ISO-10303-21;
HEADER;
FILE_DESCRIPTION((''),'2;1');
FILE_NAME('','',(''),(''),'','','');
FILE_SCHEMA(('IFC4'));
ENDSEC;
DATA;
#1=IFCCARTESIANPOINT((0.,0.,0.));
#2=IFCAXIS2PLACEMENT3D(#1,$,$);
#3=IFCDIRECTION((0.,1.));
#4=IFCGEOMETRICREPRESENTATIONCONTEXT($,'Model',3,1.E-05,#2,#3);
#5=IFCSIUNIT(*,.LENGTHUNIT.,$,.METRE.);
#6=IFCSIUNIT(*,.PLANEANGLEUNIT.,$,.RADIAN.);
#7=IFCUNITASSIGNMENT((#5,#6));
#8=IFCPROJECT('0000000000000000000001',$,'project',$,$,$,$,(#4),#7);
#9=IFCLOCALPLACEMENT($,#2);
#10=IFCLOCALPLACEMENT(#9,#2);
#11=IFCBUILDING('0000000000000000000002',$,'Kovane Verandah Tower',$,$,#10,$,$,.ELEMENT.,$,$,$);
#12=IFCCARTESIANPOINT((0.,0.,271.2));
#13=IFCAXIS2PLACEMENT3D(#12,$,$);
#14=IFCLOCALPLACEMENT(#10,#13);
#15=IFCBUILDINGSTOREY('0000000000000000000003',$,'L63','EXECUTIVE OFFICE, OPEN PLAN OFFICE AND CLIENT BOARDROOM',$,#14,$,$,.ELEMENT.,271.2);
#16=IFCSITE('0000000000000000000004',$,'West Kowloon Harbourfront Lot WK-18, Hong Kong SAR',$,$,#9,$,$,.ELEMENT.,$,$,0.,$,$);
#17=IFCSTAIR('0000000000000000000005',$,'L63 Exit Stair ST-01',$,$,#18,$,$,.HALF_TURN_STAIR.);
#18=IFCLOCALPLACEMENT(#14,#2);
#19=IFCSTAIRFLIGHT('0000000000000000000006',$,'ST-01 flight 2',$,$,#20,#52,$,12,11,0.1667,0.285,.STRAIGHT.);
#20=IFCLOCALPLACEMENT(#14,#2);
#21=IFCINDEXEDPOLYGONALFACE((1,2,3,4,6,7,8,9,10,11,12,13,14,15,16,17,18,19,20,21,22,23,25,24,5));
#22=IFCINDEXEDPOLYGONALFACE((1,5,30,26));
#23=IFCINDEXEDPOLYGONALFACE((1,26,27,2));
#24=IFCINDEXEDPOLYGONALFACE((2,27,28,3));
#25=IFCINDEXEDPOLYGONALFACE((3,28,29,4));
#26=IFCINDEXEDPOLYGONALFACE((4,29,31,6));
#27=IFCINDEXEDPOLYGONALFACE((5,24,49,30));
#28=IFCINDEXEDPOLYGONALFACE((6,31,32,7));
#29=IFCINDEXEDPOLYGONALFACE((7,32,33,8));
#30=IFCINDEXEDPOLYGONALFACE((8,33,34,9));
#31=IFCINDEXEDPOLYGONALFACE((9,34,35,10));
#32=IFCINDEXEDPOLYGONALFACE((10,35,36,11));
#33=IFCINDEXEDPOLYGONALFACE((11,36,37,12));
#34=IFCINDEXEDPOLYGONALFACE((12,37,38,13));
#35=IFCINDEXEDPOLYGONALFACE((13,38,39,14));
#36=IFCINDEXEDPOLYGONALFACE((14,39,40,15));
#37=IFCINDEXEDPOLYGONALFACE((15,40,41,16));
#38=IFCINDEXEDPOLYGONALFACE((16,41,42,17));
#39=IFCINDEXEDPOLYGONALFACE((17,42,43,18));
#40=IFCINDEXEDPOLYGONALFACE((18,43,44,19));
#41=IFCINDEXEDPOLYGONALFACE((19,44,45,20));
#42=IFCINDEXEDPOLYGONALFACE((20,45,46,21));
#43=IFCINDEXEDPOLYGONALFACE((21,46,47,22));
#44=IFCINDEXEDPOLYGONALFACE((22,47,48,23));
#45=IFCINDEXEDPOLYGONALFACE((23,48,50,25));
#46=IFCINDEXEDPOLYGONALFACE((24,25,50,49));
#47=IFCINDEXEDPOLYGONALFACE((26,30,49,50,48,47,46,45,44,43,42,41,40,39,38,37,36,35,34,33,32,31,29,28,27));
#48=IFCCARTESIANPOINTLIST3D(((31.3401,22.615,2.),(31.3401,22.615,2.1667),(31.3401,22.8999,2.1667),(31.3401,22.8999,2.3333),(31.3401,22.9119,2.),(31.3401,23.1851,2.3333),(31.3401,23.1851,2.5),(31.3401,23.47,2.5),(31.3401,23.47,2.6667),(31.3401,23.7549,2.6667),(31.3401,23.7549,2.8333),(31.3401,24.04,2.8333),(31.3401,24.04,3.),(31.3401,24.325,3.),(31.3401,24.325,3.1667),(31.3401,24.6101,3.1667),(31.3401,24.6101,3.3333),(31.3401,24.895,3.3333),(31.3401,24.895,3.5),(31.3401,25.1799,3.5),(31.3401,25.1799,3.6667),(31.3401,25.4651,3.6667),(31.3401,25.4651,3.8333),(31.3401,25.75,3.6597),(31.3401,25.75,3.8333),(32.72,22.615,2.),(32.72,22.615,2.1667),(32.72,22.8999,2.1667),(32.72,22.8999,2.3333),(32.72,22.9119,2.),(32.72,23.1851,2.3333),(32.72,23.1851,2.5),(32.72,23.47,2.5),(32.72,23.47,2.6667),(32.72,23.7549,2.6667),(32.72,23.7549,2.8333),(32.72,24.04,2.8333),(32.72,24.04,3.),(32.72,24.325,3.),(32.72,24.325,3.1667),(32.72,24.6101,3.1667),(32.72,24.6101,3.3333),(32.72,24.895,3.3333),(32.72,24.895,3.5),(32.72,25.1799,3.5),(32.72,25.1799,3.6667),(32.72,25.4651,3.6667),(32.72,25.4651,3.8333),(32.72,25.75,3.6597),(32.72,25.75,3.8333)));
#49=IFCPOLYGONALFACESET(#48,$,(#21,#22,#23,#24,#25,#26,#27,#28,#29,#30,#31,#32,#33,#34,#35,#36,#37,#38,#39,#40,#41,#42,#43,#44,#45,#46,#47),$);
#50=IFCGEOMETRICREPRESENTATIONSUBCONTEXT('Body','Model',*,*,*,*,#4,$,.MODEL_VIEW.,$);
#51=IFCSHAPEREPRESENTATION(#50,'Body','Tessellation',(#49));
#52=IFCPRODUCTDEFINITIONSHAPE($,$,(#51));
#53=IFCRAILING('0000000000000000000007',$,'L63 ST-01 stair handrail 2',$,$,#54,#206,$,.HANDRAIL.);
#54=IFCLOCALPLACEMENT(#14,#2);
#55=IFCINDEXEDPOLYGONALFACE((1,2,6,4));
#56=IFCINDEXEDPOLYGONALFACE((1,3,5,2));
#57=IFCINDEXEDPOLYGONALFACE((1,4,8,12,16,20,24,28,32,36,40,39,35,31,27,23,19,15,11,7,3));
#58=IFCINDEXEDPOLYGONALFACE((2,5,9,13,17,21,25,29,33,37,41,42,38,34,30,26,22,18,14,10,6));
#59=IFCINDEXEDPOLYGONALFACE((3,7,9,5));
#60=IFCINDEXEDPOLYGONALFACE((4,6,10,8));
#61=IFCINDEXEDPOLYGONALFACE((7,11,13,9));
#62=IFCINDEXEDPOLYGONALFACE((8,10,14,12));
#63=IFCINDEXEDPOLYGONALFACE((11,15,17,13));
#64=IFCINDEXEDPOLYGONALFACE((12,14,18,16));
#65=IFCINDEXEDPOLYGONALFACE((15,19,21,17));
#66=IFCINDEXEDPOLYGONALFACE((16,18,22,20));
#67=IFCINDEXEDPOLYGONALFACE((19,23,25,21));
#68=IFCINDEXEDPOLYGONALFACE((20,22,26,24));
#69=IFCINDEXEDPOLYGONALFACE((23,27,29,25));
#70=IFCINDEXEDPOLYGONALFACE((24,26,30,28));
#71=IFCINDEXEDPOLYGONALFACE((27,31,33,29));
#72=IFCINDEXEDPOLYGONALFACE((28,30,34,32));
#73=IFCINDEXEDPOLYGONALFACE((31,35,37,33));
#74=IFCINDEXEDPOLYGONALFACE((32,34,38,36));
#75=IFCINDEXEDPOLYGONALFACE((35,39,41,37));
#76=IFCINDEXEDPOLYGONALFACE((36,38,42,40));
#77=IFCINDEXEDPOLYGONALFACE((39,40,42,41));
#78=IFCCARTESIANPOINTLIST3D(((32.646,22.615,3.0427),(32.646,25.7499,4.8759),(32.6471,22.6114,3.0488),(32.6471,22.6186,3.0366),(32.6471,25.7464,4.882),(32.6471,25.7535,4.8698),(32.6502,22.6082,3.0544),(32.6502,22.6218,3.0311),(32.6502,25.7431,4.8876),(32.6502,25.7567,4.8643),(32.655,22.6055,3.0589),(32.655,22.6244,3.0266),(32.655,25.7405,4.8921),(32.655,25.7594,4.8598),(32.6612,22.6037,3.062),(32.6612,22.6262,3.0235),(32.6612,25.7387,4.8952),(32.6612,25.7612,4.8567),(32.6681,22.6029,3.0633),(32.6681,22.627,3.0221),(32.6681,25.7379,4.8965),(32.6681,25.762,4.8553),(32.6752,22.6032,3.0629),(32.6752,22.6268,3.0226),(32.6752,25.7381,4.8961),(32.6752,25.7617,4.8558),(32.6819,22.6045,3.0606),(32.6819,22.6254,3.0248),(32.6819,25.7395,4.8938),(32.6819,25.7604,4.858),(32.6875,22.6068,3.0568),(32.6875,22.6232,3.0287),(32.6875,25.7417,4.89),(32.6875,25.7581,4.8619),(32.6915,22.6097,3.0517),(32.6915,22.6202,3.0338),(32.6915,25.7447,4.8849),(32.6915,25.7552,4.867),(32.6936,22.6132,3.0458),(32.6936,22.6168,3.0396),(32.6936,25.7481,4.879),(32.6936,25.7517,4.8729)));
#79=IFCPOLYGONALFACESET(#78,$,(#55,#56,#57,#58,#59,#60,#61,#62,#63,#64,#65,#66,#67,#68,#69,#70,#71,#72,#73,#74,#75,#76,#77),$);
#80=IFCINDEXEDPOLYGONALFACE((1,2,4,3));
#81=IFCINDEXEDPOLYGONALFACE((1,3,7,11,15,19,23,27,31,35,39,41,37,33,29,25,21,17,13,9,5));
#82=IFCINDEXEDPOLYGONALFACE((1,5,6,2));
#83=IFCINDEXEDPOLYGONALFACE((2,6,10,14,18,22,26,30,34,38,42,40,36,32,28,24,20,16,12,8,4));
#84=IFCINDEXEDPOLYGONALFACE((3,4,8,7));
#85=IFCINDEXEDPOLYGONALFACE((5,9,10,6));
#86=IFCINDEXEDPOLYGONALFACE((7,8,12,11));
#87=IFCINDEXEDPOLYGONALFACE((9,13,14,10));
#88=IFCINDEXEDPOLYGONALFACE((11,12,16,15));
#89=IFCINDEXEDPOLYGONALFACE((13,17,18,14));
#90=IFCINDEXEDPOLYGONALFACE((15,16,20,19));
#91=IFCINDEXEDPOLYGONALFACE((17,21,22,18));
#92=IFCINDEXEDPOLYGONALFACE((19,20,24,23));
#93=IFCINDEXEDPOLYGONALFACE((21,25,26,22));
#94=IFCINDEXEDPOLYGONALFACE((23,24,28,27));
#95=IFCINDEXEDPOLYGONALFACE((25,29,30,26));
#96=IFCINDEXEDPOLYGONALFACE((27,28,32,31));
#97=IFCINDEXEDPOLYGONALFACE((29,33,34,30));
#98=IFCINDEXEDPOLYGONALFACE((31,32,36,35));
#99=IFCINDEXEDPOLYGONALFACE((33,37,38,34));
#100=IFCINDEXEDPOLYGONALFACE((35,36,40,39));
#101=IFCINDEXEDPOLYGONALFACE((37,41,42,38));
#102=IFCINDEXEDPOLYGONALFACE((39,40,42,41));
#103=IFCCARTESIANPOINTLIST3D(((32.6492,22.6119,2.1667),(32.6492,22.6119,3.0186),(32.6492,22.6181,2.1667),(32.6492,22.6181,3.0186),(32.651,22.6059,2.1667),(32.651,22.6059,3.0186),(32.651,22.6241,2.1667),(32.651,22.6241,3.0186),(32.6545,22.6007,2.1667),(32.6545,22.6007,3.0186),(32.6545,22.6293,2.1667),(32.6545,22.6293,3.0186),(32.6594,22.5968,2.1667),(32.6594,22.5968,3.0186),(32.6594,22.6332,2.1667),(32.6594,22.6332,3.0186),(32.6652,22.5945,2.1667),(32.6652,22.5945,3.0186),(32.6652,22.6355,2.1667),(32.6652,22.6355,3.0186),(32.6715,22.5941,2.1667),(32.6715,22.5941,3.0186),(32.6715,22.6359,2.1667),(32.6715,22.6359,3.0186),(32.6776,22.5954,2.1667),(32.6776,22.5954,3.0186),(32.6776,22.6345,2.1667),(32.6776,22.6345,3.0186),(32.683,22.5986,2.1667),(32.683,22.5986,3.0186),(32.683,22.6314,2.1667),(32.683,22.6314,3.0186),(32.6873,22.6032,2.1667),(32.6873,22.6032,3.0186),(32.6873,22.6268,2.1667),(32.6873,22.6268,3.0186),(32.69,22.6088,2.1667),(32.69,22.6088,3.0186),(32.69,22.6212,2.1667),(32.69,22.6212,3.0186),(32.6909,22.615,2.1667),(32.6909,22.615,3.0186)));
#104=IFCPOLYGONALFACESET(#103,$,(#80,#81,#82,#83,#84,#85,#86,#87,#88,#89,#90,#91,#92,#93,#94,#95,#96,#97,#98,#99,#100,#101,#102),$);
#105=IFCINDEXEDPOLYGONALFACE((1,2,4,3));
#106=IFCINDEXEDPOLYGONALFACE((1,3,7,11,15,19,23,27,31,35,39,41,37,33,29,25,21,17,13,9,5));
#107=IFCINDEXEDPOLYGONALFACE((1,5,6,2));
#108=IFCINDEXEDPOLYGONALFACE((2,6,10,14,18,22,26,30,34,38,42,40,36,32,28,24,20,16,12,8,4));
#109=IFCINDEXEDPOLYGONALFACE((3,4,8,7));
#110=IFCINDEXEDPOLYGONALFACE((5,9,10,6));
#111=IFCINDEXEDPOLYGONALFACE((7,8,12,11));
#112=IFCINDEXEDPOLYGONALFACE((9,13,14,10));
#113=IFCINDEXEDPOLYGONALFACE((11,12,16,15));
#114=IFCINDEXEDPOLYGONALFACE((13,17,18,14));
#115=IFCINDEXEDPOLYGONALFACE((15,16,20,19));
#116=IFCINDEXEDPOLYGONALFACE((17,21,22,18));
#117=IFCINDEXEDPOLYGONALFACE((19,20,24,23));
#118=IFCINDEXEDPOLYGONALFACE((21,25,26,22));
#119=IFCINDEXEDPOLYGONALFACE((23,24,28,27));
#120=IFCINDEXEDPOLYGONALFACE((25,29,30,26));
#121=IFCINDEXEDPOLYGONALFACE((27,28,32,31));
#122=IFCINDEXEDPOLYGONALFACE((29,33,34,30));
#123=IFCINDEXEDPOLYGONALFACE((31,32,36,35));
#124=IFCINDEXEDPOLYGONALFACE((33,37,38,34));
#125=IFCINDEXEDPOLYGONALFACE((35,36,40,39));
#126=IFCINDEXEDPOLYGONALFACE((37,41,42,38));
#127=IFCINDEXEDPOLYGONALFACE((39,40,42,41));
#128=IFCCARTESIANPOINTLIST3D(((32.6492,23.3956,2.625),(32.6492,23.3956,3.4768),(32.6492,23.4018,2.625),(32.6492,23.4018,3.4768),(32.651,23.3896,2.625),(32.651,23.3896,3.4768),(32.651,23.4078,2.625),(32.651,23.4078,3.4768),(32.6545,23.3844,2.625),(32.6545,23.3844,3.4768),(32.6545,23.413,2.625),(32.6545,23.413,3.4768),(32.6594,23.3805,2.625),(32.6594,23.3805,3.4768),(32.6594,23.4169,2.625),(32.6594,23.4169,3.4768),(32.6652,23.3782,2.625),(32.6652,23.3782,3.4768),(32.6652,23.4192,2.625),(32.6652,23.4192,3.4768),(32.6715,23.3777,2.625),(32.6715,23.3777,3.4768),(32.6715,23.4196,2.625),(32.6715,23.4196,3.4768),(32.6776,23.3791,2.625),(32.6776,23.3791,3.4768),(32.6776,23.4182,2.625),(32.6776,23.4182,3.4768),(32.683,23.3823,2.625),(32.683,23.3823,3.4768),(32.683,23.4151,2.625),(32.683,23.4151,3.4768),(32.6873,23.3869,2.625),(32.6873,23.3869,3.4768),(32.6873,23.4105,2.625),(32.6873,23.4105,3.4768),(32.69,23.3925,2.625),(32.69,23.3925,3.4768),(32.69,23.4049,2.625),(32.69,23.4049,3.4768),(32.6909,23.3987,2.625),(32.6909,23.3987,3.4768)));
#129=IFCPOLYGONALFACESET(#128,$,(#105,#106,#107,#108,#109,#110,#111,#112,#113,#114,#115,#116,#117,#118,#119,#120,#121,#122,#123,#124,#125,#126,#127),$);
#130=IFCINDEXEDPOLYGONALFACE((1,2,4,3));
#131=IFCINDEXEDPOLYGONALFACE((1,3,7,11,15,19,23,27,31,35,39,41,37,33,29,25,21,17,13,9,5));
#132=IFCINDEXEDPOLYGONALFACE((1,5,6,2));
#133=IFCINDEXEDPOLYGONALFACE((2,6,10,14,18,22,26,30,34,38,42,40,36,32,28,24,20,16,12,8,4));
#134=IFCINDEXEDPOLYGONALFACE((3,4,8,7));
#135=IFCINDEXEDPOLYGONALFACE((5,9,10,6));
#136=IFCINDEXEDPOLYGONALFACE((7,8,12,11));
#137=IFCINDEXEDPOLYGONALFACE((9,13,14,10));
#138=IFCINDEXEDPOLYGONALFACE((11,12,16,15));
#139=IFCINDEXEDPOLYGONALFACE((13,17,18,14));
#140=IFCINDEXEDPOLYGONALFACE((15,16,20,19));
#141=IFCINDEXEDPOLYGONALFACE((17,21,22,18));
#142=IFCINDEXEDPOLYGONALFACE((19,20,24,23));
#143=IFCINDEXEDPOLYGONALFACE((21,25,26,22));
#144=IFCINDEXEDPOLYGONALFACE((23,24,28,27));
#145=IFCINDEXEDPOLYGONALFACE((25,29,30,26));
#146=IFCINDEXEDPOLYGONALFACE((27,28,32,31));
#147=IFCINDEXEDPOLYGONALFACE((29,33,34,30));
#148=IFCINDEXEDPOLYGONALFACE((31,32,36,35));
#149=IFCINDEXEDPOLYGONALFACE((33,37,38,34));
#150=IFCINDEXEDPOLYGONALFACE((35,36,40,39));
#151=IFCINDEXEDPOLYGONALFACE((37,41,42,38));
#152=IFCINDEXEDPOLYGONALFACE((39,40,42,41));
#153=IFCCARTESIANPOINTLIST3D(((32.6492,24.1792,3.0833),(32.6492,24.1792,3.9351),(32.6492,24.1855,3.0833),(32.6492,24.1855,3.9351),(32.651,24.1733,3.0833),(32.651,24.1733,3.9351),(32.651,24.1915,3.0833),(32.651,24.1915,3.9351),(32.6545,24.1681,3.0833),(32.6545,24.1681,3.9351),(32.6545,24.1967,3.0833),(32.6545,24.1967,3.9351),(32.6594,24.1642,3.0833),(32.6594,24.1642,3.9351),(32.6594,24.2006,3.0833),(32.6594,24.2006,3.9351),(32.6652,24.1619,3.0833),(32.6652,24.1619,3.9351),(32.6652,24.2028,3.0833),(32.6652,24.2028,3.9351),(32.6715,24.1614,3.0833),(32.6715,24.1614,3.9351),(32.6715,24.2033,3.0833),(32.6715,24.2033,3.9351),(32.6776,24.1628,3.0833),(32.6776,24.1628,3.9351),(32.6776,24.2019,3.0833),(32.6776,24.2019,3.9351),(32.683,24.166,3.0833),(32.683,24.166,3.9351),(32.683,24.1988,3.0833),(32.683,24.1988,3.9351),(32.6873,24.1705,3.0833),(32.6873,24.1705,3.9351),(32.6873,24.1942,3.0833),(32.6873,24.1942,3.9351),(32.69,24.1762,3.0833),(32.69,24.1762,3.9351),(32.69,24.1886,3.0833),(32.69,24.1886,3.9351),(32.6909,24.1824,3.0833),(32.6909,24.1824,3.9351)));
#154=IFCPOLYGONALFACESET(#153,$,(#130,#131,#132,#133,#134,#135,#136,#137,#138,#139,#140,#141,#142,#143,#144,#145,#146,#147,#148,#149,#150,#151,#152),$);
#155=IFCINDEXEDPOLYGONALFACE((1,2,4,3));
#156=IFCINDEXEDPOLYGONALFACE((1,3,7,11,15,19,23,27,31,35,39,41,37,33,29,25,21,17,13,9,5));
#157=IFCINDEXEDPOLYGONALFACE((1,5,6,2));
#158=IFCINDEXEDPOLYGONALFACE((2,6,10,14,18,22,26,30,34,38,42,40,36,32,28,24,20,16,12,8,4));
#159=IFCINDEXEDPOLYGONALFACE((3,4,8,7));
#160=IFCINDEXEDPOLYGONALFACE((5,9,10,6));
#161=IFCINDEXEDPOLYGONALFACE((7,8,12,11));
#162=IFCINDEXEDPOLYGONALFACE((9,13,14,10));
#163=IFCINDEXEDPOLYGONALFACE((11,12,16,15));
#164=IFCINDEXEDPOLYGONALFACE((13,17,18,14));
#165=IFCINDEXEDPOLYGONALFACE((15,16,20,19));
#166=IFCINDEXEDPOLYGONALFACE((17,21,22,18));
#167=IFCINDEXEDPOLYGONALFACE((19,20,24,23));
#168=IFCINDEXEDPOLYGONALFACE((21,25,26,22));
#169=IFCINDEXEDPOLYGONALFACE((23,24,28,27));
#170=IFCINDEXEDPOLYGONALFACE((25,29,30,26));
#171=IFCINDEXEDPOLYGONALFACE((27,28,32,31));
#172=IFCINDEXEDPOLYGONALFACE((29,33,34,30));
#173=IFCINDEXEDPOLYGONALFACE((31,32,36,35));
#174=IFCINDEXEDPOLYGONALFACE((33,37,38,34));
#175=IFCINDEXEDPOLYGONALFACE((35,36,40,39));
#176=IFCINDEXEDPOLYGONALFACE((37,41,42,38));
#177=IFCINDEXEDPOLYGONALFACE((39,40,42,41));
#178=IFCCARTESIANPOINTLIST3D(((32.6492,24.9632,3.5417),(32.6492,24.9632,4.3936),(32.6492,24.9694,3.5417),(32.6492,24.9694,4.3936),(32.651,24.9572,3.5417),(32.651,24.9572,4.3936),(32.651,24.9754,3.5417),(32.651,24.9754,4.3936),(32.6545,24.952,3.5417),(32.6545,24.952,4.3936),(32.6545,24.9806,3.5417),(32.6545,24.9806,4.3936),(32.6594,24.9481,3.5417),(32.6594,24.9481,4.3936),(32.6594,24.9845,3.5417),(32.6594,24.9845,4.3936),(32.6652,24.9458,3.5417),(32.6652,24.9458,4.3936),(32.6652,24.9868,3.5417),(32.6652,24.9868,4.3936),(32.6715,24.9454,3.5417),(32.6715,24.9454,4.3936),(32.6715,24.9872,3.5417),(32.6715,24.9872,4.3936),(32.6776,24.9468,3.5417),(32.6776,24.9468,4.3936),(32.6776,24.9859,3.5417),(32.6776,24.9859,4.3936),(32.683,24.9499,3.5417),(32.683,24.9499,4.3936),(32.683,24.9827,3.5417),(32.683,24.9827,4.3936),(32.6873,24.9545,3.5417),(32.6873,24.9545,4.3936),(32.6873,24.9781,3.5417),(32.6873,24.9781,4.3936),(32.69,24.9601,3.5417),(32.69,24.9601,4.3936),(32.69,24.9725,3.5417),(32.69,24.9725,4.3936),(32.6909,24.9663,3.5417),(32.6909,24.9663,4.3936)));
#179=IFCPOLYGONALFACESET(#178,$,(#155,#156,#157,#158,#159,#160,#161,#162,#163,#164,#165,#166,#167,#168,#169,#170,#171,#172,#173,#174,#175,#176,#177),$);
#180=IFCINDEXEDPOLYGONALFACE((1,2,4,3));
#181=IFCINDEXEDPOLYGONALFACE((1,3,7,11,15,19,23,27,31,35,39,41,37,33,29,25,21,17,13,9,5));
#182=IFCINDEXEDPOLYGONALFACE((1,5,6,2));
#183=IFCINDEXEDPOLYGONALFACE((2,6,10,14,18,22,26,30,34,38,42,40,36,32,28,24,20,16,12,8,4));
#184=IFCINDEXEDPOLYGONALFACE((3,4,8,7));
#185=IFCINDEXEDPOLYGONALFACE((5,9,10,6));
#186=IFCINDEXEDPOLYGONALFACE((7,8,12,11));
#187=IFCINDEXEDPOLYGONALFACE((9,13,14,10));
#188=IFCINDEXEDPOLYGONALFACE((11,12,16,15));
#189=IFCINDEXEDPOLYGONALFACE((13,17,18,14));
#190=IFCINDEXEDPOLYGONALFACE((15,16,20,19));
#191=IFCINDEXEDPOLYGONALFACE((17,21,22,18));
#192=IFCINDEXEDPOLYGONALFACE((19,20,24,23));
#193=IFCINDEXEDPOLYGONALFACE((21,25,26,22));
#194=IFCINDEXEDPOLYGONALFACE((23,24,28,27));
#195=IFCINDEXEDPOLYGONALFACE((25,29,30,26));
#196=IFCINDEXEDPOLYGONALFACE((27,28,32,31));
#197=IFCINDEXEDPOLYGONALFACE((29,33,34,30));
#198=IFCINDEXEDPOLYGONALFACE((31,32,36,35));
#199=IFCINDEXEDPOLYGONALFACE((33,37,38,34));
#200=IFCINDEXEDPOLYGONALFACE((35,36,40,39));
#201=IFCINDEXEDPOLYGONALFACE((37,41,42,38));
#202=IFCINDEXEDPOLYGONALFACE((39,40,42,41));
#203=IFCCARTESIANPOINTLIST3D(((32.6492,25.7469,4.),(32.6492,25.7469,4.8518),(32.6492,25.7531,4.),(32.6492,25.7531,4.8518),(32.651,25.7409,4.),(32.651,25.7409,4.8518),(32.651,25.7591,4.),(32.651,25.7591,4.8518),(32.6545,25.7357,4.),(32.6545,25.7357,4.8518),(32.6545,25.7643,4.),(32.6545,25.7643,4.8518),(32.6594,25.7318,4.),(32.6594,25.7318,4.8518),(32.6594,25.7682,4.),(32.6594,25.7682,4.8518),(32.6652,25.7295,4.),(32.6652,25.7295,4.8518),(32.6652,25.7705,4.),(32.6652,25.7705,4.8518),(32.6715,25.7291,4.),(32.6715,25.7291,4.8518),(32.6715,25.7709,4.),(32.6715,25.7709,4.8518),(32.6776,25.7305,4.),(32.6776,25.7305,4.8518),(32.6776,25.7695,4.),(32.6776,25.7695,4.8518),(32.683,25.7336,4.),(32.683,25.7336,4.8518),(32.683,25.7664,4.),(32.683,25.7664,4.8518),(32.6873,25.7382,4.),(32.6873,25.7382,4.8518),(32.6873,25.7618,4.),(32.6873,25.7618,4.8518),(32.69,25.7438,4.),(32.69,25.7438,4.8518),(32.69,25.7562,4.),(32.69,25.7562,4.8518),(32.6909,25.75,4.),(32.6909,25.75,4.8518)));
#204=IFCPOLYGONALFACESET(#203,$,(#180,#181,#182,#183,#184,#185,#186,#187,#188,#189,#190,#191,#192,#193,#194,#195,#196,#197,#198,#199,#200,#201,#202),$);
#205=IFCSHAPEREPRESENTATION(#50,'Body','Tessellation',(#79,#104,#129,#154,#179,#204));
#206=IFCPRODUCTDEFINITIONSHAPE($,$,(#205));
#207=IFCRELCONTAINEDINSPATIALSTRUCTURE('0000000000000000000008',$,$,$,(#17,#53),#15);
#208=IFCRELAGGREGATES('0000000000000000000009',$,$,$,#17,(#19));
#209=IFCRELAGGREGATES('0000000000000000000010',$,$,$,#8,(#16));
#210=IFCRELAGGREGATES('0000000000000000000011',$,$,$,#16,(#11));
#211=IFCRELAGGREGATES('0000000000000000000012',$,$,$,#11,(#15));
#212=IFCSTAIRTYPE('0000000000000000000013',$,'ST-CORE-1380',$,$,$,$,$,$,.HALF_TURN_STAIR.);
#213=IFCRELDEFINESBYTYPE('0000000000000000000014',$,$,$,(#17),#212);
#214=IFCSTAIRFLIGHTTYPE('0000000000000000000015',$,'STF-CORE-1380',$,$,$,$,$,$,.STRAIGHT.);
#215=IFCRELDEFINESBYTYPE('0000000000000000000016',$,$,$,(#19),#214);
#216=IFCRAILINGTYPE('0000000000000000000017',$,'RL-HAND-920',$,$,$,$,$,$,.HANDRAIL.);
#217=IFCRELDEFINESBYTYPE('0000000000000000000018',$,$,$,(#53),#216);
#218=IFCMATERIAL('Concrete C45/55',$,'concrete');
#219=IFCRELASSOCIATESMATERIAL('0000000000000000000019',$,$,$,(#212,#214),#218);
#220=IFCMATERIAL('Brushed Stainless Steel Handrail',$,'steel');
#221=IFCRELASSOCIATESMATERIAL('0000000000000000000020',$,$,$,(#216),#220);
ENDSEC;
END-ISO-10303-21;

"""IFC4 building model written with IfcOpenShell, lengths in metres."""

from ifc_helpers import new_model, si_unit, direction, frame, origin, origin_2d, place, context, subcontext, project, spatial, polyline, circle, outline, extrude, material, type_object, element, aggregate, save


model = new_model("IFC4")

# Units and contexts
model_context = context("Model", 3, precision=1e-05, world=origin(), true_north=direction((0.0, 1.0)))
body_context = subcontext(model_context, "Body", "Model", "MODEL_VIEW")
ifc_project = project(units=[si_unit("LENGTHUNIT", "METRE"), si_unit("PLANEANGLEUNIT", "RADIAN")], contexts=[model_context])

# Site, building, storey
site_placement = place(None, origin())
site = spatial("IfcSite", under=ifc_project, at=site_placement, Name="West Kowloon Harbourfront Lot WK-18, Hong Kong SAR", CompositionType="ELEMENT", RefElevation=0.0)
building_placement = place(site_placement, origin())
building = spatial("IfcBuilding", under=site, at=building_placement, Name="Kovane Verandah Tower", CompositionType="ELEMENT")
storey_placement = place(building_placement, frame((0.0, 0.0, 271.2)))
storey = spatial("IfcBuildingStorey", under=building, at=storey_placement, Name="L63", Description="EXECUTIVE OFFICE, OPEN PLAN OFFICE AND CLIENT BOARDROOM", CompositionType="ELEMENT", Elevation=271.2)

# Shared definitions
ifc_material_1 = material(Name="Concrete C45/55", Category="concrete")

# Stair, stair flight
stair_type = type_object("IfcStairType", Name="ST-CORE-1380", PredefinedType="HALF_TURN_STAIR", material=ifc_material_1)
stair_placement = place(storey_placement, origin())
stair = element("IfcStair", 1, at=stair_placement, inside=storey, type_object=stair_type, Name="L63 Exit Stair ST-01", PredefinedType="HALF_TURN_STAIR")
stair_flight_type = type_object("IfcStairFlightType", Name="STF-CORE-1380", PredefinedType="STRAIGHT", material=ifc_material_1)
stair_flight_1_placement = place(storey_placement, frame((32.03, 22.615, 2.0), z_axis=(0.0, 0.0, 1.0), x_axis=(0.0, 1.0, 0.0)))
stair_flight_1 = element("IfcStairFlight", 2, at=stair_flight_1_placement, type_object=stair_flight_type, Name="ST-01 flight 2", NumberOfRisers=12, NumberOfTreads=11, PredefinedType="STRAIGHT", RiserHeight=0.1667, TreadLength=0.285, context=body_context, shape_type="SweptSolid", body=[
    extrude(outline(polyline([(0.0, 0.0), (0.0, 0.1667), (0.2849, 0.1667), (0.2849, 0.3333), (0.5701, 0.3333), (0.5701, 0.5), (0.855, 0.5), (0.855, 0.6667), (1.1399, 0.6667), (1.1399, 0.8333), (1.425, 0.8333), (1.425, 1.0), (1.71, 1.0), (1.71, 1.1667), (1.9951, 1.1667), (1.9951, 1.3333), (2.28, 1.3333), (2.28, 1.5), (2.5649, 1.5), (2.5649, 1.6667), (2.8501, 1.6667), (2.8501, 1.8333), (3.135, 1.8333), (3.135, 2.0), (3.135, 1.6597), (0.2969, 0.0), (0.0, 0.0)])), frame((0.0, 0.6899, 0.0), z_axis=(0.0, -1.0, 0.0), x_axis=(1.0, 0.0, 0.0)), (0.0, 0.0, 1.0), 1.3799),
])
aggregate(stair, [stair_flight_1])

# Railing
ifc_material_2 = material(Name="Brushed Stainless Steel Handrail", Category="steel")
railing_type_1 = type_object("IfcRailingType", Name="RL-HAND-920", PredefinedType="HANDRAIL", material=ifc_material_2)
railing_1_placement = place(storey_placement, frame((32.6699, 22.615, 2.1667)))
element("IfcRailing", 3, at=railing_1_placement, inside=storey, type_object=railing_type_1, Name="L63 ST-01 stair handrail 2", PredefinedType="HANDRAIL", context=body_context, shape_type="SweptSolid", body=[
    extrude(circle(Radius=0.0239, at=origin_2d()), frame((0.0, 0.0, 0.876), z_axis=(0.0, 0.86324, 0.504794), x_axis=(-1.0, 0.0, 0.0)), (0.0, 0.0, 1.0), 3.6316),
    extrude(circle(Radius=0.021, at=origin_2d()), origin(), (0.0, 0.0, 1.0), 0.8518),
    extrude(circle(Radius=0.021, at=origin_2d()), frame((0.0, 0.7837, 0.4583)), (0.0, 0.0, 1.0), 0.8518),
    extrude(circle(Radius=0.021, at=origin_2d()), frame((0.0, 1.5674, 0.9165)), (0.0, 0.0, 1.0), 0.8518),
    extrude(circle(Radius=0.021, at=origin_2d()), frame((0.0, 2.3513, 1.375)), (0.0, 0.0, 1.0), 0.8518),
    extrude(circle(Radius=0.021, at=origin_2d()), frame((0.0, 3.135, 1.8333)), (0.0, 0.0, 1.0), 0.8518),
])

save(model, "model.ifc")
